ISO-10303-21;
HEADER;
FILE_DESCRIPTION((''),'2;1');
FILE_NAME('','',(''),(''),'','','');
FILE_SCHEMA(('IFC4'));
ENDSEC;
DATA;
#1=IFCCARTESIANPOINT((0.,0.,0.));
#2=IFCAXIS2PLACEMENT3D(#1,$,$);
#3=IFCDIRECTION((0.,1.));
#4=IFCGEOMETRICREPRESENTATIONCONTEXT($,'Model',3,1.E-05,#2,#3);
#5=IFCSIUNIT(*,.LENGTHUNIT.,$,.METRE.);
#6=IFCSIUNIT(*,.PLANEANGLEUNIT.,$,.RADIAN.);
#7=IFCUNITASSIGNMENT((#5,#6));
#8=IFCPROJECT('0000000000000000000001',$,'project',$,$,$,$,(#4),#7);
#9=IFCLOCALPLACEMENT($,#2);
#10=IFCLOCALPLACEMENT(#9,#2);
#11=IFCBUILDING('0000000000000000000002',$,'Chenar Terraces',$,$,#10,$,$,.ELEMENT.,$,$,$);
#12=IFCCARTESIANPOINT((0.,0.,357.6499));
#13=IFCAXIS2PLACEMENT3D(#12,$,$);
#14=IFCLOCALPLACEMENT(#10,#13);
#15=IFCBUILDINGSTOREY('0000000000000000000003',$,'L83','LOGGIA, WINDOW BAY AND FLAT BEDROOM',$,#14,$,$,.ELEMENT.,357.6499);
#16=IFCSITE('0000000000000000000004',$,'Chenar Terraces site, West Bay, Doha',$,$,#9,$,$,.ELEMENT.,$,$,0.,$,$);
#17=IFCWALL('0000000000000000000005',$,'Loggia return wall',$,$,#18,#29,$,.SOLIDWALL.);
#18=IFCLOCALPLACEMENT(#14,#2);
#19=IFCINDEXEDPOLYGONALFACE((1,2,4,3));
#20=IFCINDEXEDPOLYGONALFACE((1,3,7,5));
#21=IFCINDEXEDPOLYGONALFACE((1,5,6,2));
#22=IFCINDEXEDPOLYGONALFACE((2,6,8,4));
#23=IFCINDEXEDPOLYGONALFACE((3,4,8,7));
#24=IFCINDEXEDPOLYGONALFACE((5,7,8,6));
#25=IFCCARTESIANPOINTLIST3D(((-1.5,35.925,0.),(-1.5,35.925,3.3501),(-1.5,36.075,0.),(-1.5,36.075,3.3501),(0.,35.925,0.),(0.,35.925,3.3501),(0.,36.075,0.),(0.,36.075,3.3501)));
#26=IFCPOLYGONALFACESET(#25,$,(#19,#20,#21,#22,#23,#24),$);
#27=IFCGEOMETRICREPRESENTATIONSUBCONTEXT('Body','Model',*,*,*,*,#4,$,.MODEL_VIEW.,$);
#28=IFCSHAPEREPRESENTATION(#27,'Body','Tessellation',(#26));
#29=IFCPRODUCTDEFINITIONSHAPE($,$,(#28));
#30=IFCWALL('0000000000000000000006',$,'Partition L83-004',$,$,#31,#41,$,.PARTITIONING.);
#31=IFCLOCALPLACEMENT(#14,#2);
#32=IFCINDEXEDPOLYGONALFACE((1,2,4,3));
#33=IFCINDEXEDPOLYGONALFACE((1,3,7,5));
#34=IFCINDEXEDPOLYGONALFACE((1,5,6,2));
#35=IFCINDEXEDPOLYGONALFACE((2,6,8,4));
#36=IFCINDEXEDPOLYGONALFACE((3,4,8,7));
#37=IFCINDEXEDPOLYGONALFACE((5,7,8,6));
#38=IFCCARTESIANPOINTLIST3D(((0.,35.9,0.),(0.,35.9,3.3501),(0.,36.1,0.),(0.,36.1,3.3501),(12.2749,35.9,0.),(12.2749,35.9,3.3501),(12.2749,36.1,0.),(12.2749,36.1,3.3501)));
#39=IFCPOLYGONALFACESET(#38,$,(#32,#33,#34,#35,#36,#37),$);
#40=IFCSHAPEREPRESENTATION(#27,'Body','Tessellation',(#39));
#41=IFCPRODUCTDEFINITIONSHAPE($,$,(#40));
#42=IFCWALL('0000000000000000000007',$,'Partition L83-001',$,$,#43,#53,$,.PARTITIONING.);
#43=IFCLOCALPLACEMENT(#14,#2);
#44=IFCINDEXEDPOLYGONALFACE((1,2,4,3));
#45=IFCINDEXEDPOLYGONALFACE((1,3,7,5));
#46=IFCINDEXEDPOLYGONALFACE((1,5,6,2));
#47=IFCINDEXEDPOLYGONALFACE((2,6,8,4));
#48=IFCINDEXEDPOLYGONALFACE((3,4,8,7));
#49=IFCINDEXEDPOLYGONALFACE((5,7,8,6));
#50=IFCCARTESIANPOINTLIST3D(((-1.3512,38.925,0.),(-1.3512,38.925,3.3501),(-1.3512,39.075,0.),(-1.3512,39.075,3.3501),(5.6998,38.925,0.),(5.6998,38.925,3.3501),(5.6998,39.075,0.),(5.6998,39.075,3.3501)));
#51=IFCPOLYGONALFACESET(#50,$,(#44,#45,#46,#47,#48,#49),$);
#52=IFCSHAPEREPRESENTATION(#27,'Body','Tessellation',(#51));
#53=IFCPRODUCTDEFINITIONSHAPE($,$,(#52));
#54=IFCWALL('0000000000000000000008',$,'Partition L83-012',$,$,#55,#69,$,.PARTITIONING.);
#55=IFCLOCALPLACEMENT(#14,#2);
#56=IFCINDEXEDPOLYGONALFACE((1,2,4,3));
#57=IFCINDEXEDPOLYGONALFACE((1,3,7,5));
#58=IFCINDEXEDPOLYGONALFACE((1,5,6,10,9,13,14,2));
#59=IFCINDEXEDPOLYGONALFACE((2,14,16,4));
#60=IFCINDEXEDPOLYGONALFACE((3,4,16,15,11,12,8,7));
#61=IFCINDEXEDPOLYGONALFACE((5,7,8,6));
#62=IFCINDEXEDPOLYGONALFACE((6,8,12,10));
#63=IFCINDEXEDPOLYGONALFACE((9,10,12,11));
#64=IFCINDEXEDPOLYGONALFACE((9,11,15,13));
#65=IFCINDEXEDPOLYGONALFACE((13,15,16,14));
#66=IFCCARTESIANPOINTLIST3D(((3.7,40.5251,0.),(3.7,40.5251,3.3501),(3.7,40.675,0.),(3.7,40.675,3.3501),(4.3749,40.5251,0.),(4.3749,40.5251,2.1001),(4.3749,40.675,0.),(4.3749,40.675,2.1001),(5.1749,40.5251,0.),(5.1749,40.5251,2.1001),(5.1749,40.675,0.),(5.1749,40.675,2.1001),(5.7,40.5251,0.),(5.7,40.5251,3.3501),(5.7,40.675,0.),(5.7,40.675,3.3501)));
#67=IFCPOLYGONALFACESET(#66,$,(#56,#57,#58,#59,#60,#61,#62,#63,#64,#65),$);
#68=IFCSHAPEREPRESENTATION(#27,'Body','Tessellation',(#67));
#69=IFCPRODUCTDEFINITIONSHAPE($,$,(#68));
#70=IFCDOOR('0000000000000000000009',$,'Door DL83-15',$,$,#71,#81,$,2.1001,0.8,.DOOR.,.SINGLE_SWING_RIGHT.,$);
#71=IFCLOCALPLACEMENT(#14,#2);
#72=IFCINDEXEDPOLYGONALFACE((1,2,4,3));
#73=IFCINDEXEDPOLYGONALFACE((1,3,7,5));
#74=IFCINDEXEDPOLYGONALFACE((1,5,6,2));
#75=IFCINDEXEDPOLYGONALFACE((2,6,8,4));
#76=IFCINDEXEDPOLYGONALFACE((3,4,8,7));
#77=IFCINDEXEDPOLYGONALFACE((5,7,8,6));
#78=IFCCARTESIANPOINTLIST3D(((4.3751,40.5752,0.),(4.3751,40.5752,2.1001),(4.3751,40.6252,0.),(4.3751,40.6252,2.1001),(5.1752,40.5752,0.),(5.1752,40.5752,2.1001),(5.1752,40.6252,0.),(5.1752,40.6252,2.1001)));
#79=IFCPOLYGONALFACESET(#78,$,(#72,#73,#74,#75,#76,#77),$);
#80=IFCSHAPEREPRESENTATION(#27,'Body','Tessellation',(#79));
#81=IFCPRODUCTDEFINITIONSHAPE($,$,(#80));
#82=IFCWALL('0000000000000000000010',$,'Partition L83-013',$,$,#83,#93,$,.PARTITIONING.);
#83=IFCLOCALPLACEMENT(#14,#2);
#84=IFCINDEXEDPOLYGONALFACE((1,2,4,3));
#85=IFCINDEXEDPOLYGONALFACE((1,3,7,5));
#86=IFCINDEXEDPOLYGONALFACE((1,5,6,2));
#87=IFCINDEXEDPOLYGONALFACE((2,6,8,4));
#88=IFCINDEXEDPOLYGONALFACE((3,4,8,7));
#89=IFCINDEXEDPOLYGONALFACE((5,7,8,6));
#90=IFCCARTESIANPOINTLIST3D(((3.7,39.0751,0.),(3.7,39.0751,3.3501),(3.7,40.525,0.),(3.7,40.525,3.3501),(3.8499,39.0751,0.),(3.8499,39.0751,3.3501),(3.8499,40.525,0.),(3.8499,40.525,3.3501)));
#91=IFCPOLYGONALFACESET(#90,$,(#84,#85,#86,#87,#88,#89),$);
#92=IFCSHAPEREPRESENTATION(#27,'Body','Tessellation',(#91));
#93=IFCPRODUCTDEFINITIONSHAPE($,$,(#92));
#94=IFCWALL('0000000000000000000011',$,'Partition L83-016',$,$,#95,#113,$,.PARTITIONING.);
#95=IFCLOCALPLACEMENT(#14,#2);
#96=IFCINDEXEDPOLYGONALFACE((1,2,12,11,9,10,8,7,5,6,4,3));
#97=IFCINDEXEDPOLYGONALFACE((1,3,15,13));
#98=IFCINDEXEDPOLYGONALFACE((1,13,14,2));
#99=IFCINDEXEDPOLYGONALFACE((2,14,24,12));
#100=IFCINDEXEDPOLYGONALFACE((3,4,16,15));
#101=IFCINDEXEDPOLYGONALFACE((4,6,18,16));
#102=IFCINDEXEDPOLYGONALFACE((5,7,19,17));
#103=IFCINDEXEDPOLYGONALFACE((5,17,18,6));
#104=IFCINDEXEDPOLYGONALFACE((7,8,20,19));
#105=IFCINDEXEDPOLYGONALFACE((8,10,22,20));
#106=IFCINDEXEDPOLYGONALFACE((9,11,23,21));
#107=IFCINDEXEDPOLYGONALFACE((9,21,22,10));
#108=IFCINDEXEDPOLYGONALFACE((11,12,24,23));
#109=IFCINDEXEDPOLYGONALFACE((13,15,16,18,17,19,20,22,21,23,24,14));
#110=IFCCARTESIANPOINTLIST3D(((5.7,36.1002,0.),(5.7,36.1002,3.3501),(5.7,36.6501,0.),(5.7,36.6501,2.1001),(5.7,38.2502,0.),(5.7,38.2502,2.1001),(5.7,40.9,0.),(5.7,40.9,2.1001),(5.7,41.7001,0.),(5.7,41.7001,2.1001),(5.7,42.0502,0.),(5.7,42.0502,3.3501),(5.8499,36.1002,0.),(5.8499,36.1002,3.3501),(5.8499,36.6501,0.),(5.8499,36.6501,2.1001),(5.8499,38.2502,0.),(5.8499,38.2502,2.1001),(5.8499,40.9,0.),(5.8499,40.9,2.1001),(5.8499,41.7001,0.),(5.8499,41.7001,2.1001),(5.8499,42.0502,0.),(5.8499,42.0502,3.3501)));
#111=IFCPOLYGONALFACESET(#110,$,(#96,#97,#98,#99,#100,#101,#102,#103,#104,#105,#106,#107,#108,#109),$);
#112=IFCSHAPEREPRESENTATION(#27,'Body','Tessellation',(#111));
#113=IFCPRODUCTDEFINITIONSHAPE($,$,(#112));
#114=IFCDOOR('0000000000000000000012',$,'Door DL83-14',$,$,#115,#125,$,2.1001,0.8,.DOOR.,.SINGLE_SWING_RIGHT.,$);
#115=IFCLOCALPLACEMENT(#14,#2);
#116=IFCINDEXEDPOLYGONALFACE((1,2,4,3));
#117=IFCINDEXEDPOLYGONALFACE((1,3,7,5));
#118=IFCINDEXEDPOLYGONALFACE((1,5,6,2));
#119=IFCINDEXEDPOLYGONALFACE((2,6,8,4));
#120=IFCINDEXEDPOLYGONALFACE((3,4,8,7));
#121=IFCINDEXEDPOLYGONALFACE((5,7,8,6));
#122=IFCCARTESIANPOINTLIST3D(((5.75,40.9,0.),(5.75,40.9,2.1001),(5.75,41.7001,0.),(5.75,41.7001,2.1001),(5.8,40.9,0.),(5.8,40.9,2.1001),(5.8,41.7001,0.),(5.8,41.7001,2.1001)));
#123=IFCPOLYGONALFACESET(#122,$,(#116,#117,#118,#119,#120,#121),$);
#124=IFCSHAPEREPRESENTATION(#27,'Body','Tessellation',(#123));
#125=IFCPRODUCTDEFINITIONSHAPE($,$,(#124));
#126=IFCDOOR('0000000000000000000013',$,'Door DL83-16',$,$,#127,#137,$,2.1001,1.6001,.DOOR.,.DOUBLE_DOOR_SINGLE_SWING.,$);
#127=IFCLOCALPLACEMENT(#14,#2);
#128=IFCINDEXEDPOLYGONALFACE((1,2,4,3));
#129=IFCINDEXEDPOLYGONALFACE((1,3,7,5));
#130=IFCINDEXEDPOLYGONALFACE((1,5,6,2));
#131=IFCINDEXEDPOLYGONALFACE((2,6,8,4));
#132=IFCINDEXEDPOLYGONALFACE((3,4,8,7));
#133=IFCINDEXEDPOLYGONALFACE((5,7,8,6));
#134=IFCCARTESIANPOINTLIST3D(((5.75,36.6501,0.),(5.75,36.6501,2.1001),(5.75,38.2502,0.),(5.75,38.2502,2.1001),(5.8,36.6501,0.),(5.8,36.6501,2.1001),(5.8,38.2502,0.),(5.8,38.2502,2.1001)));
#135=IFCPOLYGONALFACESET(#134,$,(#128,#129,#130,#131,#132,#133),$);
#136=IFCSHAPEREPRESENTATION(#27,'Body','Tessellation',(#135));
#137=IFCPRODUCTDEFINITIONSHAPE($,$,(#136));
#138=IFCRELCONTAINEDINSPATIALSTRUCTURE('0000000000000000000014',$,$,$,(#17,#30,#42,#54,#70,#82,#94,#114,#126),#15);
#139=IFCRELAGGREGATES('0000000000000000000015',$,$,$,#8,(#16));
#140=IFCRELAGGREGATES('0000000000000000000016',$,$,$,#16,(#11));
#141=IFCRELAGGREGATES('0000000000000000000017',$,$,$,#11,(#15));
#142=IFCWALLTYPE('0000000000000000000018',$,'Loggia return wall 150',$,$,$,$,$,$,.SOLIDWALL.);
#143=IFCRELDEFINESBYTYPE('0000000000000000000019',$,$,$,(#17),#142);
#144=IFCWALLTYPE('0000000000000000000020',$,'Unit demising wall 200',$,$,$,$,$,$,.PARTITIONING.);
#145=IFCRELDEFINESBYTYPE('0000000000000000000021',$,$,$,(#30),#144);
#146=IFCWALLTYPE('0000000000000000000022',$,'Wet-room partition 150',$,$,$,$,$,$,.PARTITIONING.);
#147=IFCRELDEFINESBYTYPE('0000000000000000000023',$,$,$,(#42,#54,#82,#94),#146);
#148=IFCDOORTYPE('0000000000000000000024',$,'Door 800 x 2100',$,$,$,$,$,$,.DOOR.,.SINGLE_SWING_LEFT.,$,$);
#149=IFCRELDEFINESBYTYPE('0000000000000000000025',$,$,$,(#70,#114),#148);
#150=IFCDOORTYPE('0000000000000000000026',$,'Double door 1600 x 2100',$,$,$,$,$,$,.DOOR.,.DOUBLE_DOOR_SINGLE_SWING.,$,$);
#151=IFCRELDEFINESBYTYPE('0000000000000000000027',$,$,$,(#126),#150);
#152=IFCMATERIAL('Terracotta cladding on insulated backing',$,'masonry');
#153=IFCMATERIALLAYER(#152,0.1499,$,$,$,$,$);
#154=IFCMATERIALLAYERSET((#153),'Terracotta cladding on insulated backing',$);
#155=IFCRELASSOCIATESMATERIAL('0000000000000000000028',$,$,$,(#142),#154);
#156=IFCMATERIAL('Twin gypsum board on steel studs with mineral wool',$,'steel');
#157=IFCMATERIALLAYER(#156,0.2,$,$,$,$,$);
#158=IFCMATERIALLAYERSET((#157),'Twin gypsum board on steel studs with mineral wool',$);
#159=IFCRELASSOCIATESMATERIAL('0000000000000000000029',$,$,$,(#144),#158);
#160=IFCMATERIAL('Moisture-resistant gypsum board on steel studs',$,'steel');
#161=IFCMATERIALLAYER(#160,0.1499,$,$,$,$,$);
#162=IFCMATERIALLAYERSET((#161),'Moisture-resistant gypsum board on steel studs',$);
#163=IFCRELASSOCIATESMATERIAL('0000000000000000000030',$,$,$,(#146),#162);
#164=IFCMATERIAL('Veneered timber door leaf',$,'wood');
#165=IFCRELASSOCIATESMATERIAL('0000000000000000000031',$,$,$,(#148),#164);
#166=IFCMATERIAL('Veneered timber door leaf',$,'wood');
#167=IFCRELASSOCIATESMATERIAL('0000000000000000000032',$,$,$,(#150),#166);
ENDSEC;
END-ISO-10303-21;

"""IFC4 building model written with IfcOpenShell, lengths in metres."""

from ifc_helpers import new_model, si_unit, direction, frame, frame_2d, origin, place, context, subcontext, project, spatial, rectangle, extrude, material, layer, layer_set, type_object, element, fill, save


model = new_model("IFC4")

# Units and contexts
model_context = context("Model", 3, precision=1e-05, world=origin(), true_north=direction((0.0, 1.0)))
body_context = subcontext(model_context, "Body", "Model", "MODEL_VIEW")
ifc_project = project(units=[si_unit("LENGTHUNIT", "METRE"), si_unit("PLANEANGLEUNIT", "RADIAN")], contexts=[model_context])

# Site, building, storey
site_placement = place(None, origin())
site = spatial("IfcSite", under=ifc_project, at=site_placement, Name="Chenar Terraces site, West Bay, Doha", CompositionType="ELEMENT", RefElevation=0.0)
building_placement = place(site_placement, origin())
building = spatial("IfcBuilding", under=site, at=building_placement, Name="Chenar Terraces", CompositionType="ELEMENT")
storey_placement = place(building_placement, frame((0.0, 0.0, 357.6499)))
storey = spatial("IfcBuildingStorey", under=building, at=storey_placement, Name="L83", Description="LOGGIA, WINDOW BAY AND FLAT BEDROOM", CompositionType="ELEMENT", Elevation=357.6499)

# Shared definitions
placement = place(storey_placement, frame((0.0, 36.0, 0.0), z_axis=(0.0, 0.0, 1.0), x_axis=(1.0, 0.0, 0.0)))

# Walls
ifc_material_1 = material(Name="Terracotta cladding on insulated backing", Category="masonry")
ifc_layer_1 = layer(ifc_material_1, 0.1499)
ifc_layer_set_1 = layer_set([ifc_layer_1], Name="Terracotta cladding on insulated backing")
wall_type_1 = type_object("IfcWallType", Name="Loggia return wall 150", PredefinedType="SOLIDWALL", material=ifc_layer_set_1)
wall_1_placement = place(storey_placement, frame((-1.5, 36.0, 0.0), z_axis=(0.0, 0.0, 1.0), x_axis=(1.0, 0.0, 0.0)))
element("IfcWall", 1, at=wall_1_placement, inside=storey, type_object=wall_type_1, Name="Loggia return wall", PredefinedType="SOLIDWALL", context=body_context, shape_type="SweptSolid", body=[
    extrude(rectangle(XDim=1.5, YDim=0.1499, at=frame_2d((0.75, 0.0))), origin(), (0.0, 0.0, 1.0), 3.3501),
])
ifc_material_2 = material(Name="Twin gypsum board on steel studs with mineral wool", Category="steel")
ifc_layer_2 = layer(ifc_material_2, 0.2)
ifc_layer_set_2 = layer_set([ifc_layer_2], Name="Twin gypsum board on steel studs with mineral wool")
wall_type_2 = type_object("IfcWallType", Name="Unit demising wall 200", PredefinedType="PARTITIONING", material=ifc_layer_set_2)
element("IfcWall", 2, at=placement, inside=storey, type_object=wall_type_2, Name="Partition L83-004", PredefinedType="PARTITIONING", context=body_context, shape_type="SweptSolid", body=[
    extrude(rectangle(XDim=12.2749, YDim=0.2, at=frame_2d((6.1375, 0.0))), origin(), (0.0, 0.0, 1.0), 3.3501),
])
ifc_material_3 = material(Name="Moisture-resistant gypsum board on steel studs", Category="steel")
ifc_layer_3 = layer(ifc_material_3, 0.1499)
ifc_layer_set_3 = layer_set([ifc_layer_3], Name="Moisture-resistant gypsum board on steel studs")
wall_type_3 = type_object("IfcWallType", Name="Wet-room partition 150", PredefinedType="PARTITIONING", material=ifc_layer_set_3)
wall_2_placement = place(storey_placement, frame((-1.3511, 39.0, 0.0), z_axis=(0.0, 0.0, 1.0), x_axis=(1.0, 0.0, 0.0)))
element("IfcWall", 3, at=wall_2_placement, inside=storey, type_object=wall_type_3, Name="Partition L83-001", PredefinedType="PARTITIONING", context=body_context, shape_type="SweptSolid", body=[
    extrude(rectangle(XDim=7.051, YDim=0.1499, at=frame_2d((3.5254, 0.0))), origin(), (0.0, 0.0, 1.0), 3.3501),
])

# Wall, opening, door
wall_3_placement = place(storey_placement, frame((3.7, 40.6001, 0.0), z_axis=(0.0, 0.0, 1.0), x_axis=(1.0, 0.0, 0.0)))
wall_3 = element("IfcWall", 4, at=wall_3_placement, inside=storey, type_object=wall_type_3, Name="Partition L83-012", PredefinedType="PARTITIONING", context=body_context, shape_type="SweptSolid", body=[
    extrude(rectangle(XDim=2.0, YDim=0.1499, at=frame_2d((1.0, 0.0))), origin(), (0.0, 0.0, 1.0), 3.3501),
])
opening_1_placement = place(wall_3_placement, frame((0.675, 0.0, 0.0)))
opening_1 = element("IfcOpeningElement", 5, at=opening_1_placement, cuts=wall_3, PredefinedType="OPENING", context=body_context, shape_type="SweptSolid", body=[
    extrude(rectangle(XDim=0.8, YDim=2.1001, at=frame_2d((0.3999, 1.05))), frame((0.0, 0.085, 0.0), z_axis=(0.0, -1.0, 0.0), x_axis=(1.0, 0.0, 0.0)), (0.0, 0.0, 1.0), 0.1699),
])
ifc_material_4 = material(Name="Veneered timber door leaf", Category="wood")
door_type_1 = type_object("IfcDoorType", Name="Door 800 x 2100", OperationType="SINGLE_SWING_LEFT", PredefinedType="DOOR", material=ifc_material_4)
door_1_placement = place(opening_1_placement, frame((0.8, 0.0, 0.0), z_axis=(0.0, 0.0, 1.0), x_axis=(-1.0, 0.0, 0.0)))
door_1 = element("IfcDoor", 6, at=door_1_placement, inside=storey, type_object=door_type_1, Name="Door DL83-15", OperationType="SINGLE_SWING_RIGHT", OverallHeight=2.1001, OverallWidth=0.8, PredefinedType="DOOR", context=body_context, shape_type="SweptSolid", body=[
    extrude(rectangle(XDim=0.8, YDim=2.1001, at=frame_2d((0.3999, 1.05))), frame((0.0, 0.0249, 0.0), z_axis=(0.0, -1.0, 0.0), x_axis=(1.0, 0.0, 0.0)), (0.0, 0.0, 1.0), 0.05),
])
fill(opening_1, door_1)

# Wall
wall_4_placement = place(storey_placement, frame((3.7749, 39.075, 0.0), z_axis=(0.0, 0.0, 1.0), x_axis=(0.0, 1.0, 0.0)))
element("IfcWall", 7, at=wall_4_placement, inside=storey, type_object=wall_type_3, Name="Partition L83-013", PredefinedType="PARTITIONING", context=body_context, shape_type="SweptSolid", body=[
    extrude(rectangle(XDim=1.45, YDim=0.1499, at=frame_2d((0.7251, 0.0))), origin(), (0.0, 0.0, 1.0), 3.3501),
])

# Wall, openings, doors
wall_5_placement = place(storey_placement, frame((5.7749, 36.1001, 0.0), z_axis=(0.0, 0.0, 1.0), x_axis=(0.0, 1.0, 0.0)))
wall_5 = element("IfcWall", 8, at=wall_5_placement, inside=storey, type_object=wall_type_3, Name="Partition L83-016", PredefinedType="PARTITIONING", context=body_context, shape_type="SweptSolid", body=[
    extrude(rectangle(XDim=5.95, YDim=0.1499, at=frame_2d((2.9751, 0.0))), origin(), (0.0, 0.0, 1.0), 3.3501),
])
opening_2_placement = place(wall_5_placement, frame((4.8, 0.0, 0.0)))
opening_2 = element("IfcOpeningElement", 9, at=opening_2_placement, cuts=wall_5, PredefinedType="OPENING", context=body_context, shape_type="SweptSolid", body=[
    extrude(rectangle(XDim=0.8, YDim=2.1001, at=frame_2d((0.3999, 1.05))), frame((0.0, 0.085, 0.0), z_axis=(0.0, -1.0, 0.0), x_axis=(1.0, 0.0, 0.0)), (0.0, 0.0, 1.0), 0.1699),
])
opening_3_placement = place(wall_5_placement, frame((0.55, 0.0, 0.0)))
opening_3 = element("IfcOpeningElement", 10, at=opening_3_placement, cuts=wall_5, PredefinedType="OPENING", context=body_context, shape_type="SweptSolid", body=[
    extrude(rectangle(XDim=1.6001, YDim=2.1001, at=frame_2d((0.8, 1.05))), frame((0.0, 0.085, 0.0), z_axis=(0.0, -1.0, 0.0), x_axis=(1.0, 0.0, 0.0)), (0.0, 0.0, 1.0), 0.1699),
])
door_2_placement = place(opening_2_placement, origin())
door_2 = element("IfcDoor", 11, at=door_2_placement, inside=storey, type_object=door_type_1, Name="Door DL83-14", OperationType="SINGLE_SWING_RIGHT", OverallHeight=2.1001, OverallWidth=0.8, PredefinedType="DOOR", context=body_context, shape_type="SweptSolid", body=[
    extrude(rectangle(XDim=0.8, YDim=2.1001, at=frame_2d((0.3999, 1.05))), frame((0.0, 0.0249, 0.0), z_axis=(0.0, -1.0, 0.0), x_axis=(1.0, 0.0, 0.0)), (0.0, 0.0, 1.0), 0.05),
])
fill(opening_2, door_2)
ifc_material_5 = material(Name="Veneered timber door leaf", Category="wood")
door_type_2 = type_object("IfcDoorType", Name="Double door 1600 x 2100", OperationType="DOUBLE_DOOR_SINGLE_SWING", PredefinedType="DOOR", material=ifc_material_5)
door_3_placement = place(opening_3_placement, origin())
door_3 = element("IfcDoor", 12, at=door_3_placement, inside=storey, type_object=door_type_2, Name="Door DL83-16", OperationType="DOUBLE_DOOR_SINGLE_SWING", OverallHeight=2.1001, OverallWidth=1.6001, PredefinedType="DOOR", context=body_context, shape_type="SweptSolid", body=[
    extrude(rectangle(XDim=1.6001, YDim=2.1001, at=frame_2d((0.8, 1.05))), frame((0.0, 0.0249, 0.0), z_axis=(0.0, -1.0, 0.0), x_axis=(1.0, 0.0, 0.0)), (0.0, 0.0, 1.0), 0.05),
])
fill(opening_3, door_3)

save(model, "model.ifc")
